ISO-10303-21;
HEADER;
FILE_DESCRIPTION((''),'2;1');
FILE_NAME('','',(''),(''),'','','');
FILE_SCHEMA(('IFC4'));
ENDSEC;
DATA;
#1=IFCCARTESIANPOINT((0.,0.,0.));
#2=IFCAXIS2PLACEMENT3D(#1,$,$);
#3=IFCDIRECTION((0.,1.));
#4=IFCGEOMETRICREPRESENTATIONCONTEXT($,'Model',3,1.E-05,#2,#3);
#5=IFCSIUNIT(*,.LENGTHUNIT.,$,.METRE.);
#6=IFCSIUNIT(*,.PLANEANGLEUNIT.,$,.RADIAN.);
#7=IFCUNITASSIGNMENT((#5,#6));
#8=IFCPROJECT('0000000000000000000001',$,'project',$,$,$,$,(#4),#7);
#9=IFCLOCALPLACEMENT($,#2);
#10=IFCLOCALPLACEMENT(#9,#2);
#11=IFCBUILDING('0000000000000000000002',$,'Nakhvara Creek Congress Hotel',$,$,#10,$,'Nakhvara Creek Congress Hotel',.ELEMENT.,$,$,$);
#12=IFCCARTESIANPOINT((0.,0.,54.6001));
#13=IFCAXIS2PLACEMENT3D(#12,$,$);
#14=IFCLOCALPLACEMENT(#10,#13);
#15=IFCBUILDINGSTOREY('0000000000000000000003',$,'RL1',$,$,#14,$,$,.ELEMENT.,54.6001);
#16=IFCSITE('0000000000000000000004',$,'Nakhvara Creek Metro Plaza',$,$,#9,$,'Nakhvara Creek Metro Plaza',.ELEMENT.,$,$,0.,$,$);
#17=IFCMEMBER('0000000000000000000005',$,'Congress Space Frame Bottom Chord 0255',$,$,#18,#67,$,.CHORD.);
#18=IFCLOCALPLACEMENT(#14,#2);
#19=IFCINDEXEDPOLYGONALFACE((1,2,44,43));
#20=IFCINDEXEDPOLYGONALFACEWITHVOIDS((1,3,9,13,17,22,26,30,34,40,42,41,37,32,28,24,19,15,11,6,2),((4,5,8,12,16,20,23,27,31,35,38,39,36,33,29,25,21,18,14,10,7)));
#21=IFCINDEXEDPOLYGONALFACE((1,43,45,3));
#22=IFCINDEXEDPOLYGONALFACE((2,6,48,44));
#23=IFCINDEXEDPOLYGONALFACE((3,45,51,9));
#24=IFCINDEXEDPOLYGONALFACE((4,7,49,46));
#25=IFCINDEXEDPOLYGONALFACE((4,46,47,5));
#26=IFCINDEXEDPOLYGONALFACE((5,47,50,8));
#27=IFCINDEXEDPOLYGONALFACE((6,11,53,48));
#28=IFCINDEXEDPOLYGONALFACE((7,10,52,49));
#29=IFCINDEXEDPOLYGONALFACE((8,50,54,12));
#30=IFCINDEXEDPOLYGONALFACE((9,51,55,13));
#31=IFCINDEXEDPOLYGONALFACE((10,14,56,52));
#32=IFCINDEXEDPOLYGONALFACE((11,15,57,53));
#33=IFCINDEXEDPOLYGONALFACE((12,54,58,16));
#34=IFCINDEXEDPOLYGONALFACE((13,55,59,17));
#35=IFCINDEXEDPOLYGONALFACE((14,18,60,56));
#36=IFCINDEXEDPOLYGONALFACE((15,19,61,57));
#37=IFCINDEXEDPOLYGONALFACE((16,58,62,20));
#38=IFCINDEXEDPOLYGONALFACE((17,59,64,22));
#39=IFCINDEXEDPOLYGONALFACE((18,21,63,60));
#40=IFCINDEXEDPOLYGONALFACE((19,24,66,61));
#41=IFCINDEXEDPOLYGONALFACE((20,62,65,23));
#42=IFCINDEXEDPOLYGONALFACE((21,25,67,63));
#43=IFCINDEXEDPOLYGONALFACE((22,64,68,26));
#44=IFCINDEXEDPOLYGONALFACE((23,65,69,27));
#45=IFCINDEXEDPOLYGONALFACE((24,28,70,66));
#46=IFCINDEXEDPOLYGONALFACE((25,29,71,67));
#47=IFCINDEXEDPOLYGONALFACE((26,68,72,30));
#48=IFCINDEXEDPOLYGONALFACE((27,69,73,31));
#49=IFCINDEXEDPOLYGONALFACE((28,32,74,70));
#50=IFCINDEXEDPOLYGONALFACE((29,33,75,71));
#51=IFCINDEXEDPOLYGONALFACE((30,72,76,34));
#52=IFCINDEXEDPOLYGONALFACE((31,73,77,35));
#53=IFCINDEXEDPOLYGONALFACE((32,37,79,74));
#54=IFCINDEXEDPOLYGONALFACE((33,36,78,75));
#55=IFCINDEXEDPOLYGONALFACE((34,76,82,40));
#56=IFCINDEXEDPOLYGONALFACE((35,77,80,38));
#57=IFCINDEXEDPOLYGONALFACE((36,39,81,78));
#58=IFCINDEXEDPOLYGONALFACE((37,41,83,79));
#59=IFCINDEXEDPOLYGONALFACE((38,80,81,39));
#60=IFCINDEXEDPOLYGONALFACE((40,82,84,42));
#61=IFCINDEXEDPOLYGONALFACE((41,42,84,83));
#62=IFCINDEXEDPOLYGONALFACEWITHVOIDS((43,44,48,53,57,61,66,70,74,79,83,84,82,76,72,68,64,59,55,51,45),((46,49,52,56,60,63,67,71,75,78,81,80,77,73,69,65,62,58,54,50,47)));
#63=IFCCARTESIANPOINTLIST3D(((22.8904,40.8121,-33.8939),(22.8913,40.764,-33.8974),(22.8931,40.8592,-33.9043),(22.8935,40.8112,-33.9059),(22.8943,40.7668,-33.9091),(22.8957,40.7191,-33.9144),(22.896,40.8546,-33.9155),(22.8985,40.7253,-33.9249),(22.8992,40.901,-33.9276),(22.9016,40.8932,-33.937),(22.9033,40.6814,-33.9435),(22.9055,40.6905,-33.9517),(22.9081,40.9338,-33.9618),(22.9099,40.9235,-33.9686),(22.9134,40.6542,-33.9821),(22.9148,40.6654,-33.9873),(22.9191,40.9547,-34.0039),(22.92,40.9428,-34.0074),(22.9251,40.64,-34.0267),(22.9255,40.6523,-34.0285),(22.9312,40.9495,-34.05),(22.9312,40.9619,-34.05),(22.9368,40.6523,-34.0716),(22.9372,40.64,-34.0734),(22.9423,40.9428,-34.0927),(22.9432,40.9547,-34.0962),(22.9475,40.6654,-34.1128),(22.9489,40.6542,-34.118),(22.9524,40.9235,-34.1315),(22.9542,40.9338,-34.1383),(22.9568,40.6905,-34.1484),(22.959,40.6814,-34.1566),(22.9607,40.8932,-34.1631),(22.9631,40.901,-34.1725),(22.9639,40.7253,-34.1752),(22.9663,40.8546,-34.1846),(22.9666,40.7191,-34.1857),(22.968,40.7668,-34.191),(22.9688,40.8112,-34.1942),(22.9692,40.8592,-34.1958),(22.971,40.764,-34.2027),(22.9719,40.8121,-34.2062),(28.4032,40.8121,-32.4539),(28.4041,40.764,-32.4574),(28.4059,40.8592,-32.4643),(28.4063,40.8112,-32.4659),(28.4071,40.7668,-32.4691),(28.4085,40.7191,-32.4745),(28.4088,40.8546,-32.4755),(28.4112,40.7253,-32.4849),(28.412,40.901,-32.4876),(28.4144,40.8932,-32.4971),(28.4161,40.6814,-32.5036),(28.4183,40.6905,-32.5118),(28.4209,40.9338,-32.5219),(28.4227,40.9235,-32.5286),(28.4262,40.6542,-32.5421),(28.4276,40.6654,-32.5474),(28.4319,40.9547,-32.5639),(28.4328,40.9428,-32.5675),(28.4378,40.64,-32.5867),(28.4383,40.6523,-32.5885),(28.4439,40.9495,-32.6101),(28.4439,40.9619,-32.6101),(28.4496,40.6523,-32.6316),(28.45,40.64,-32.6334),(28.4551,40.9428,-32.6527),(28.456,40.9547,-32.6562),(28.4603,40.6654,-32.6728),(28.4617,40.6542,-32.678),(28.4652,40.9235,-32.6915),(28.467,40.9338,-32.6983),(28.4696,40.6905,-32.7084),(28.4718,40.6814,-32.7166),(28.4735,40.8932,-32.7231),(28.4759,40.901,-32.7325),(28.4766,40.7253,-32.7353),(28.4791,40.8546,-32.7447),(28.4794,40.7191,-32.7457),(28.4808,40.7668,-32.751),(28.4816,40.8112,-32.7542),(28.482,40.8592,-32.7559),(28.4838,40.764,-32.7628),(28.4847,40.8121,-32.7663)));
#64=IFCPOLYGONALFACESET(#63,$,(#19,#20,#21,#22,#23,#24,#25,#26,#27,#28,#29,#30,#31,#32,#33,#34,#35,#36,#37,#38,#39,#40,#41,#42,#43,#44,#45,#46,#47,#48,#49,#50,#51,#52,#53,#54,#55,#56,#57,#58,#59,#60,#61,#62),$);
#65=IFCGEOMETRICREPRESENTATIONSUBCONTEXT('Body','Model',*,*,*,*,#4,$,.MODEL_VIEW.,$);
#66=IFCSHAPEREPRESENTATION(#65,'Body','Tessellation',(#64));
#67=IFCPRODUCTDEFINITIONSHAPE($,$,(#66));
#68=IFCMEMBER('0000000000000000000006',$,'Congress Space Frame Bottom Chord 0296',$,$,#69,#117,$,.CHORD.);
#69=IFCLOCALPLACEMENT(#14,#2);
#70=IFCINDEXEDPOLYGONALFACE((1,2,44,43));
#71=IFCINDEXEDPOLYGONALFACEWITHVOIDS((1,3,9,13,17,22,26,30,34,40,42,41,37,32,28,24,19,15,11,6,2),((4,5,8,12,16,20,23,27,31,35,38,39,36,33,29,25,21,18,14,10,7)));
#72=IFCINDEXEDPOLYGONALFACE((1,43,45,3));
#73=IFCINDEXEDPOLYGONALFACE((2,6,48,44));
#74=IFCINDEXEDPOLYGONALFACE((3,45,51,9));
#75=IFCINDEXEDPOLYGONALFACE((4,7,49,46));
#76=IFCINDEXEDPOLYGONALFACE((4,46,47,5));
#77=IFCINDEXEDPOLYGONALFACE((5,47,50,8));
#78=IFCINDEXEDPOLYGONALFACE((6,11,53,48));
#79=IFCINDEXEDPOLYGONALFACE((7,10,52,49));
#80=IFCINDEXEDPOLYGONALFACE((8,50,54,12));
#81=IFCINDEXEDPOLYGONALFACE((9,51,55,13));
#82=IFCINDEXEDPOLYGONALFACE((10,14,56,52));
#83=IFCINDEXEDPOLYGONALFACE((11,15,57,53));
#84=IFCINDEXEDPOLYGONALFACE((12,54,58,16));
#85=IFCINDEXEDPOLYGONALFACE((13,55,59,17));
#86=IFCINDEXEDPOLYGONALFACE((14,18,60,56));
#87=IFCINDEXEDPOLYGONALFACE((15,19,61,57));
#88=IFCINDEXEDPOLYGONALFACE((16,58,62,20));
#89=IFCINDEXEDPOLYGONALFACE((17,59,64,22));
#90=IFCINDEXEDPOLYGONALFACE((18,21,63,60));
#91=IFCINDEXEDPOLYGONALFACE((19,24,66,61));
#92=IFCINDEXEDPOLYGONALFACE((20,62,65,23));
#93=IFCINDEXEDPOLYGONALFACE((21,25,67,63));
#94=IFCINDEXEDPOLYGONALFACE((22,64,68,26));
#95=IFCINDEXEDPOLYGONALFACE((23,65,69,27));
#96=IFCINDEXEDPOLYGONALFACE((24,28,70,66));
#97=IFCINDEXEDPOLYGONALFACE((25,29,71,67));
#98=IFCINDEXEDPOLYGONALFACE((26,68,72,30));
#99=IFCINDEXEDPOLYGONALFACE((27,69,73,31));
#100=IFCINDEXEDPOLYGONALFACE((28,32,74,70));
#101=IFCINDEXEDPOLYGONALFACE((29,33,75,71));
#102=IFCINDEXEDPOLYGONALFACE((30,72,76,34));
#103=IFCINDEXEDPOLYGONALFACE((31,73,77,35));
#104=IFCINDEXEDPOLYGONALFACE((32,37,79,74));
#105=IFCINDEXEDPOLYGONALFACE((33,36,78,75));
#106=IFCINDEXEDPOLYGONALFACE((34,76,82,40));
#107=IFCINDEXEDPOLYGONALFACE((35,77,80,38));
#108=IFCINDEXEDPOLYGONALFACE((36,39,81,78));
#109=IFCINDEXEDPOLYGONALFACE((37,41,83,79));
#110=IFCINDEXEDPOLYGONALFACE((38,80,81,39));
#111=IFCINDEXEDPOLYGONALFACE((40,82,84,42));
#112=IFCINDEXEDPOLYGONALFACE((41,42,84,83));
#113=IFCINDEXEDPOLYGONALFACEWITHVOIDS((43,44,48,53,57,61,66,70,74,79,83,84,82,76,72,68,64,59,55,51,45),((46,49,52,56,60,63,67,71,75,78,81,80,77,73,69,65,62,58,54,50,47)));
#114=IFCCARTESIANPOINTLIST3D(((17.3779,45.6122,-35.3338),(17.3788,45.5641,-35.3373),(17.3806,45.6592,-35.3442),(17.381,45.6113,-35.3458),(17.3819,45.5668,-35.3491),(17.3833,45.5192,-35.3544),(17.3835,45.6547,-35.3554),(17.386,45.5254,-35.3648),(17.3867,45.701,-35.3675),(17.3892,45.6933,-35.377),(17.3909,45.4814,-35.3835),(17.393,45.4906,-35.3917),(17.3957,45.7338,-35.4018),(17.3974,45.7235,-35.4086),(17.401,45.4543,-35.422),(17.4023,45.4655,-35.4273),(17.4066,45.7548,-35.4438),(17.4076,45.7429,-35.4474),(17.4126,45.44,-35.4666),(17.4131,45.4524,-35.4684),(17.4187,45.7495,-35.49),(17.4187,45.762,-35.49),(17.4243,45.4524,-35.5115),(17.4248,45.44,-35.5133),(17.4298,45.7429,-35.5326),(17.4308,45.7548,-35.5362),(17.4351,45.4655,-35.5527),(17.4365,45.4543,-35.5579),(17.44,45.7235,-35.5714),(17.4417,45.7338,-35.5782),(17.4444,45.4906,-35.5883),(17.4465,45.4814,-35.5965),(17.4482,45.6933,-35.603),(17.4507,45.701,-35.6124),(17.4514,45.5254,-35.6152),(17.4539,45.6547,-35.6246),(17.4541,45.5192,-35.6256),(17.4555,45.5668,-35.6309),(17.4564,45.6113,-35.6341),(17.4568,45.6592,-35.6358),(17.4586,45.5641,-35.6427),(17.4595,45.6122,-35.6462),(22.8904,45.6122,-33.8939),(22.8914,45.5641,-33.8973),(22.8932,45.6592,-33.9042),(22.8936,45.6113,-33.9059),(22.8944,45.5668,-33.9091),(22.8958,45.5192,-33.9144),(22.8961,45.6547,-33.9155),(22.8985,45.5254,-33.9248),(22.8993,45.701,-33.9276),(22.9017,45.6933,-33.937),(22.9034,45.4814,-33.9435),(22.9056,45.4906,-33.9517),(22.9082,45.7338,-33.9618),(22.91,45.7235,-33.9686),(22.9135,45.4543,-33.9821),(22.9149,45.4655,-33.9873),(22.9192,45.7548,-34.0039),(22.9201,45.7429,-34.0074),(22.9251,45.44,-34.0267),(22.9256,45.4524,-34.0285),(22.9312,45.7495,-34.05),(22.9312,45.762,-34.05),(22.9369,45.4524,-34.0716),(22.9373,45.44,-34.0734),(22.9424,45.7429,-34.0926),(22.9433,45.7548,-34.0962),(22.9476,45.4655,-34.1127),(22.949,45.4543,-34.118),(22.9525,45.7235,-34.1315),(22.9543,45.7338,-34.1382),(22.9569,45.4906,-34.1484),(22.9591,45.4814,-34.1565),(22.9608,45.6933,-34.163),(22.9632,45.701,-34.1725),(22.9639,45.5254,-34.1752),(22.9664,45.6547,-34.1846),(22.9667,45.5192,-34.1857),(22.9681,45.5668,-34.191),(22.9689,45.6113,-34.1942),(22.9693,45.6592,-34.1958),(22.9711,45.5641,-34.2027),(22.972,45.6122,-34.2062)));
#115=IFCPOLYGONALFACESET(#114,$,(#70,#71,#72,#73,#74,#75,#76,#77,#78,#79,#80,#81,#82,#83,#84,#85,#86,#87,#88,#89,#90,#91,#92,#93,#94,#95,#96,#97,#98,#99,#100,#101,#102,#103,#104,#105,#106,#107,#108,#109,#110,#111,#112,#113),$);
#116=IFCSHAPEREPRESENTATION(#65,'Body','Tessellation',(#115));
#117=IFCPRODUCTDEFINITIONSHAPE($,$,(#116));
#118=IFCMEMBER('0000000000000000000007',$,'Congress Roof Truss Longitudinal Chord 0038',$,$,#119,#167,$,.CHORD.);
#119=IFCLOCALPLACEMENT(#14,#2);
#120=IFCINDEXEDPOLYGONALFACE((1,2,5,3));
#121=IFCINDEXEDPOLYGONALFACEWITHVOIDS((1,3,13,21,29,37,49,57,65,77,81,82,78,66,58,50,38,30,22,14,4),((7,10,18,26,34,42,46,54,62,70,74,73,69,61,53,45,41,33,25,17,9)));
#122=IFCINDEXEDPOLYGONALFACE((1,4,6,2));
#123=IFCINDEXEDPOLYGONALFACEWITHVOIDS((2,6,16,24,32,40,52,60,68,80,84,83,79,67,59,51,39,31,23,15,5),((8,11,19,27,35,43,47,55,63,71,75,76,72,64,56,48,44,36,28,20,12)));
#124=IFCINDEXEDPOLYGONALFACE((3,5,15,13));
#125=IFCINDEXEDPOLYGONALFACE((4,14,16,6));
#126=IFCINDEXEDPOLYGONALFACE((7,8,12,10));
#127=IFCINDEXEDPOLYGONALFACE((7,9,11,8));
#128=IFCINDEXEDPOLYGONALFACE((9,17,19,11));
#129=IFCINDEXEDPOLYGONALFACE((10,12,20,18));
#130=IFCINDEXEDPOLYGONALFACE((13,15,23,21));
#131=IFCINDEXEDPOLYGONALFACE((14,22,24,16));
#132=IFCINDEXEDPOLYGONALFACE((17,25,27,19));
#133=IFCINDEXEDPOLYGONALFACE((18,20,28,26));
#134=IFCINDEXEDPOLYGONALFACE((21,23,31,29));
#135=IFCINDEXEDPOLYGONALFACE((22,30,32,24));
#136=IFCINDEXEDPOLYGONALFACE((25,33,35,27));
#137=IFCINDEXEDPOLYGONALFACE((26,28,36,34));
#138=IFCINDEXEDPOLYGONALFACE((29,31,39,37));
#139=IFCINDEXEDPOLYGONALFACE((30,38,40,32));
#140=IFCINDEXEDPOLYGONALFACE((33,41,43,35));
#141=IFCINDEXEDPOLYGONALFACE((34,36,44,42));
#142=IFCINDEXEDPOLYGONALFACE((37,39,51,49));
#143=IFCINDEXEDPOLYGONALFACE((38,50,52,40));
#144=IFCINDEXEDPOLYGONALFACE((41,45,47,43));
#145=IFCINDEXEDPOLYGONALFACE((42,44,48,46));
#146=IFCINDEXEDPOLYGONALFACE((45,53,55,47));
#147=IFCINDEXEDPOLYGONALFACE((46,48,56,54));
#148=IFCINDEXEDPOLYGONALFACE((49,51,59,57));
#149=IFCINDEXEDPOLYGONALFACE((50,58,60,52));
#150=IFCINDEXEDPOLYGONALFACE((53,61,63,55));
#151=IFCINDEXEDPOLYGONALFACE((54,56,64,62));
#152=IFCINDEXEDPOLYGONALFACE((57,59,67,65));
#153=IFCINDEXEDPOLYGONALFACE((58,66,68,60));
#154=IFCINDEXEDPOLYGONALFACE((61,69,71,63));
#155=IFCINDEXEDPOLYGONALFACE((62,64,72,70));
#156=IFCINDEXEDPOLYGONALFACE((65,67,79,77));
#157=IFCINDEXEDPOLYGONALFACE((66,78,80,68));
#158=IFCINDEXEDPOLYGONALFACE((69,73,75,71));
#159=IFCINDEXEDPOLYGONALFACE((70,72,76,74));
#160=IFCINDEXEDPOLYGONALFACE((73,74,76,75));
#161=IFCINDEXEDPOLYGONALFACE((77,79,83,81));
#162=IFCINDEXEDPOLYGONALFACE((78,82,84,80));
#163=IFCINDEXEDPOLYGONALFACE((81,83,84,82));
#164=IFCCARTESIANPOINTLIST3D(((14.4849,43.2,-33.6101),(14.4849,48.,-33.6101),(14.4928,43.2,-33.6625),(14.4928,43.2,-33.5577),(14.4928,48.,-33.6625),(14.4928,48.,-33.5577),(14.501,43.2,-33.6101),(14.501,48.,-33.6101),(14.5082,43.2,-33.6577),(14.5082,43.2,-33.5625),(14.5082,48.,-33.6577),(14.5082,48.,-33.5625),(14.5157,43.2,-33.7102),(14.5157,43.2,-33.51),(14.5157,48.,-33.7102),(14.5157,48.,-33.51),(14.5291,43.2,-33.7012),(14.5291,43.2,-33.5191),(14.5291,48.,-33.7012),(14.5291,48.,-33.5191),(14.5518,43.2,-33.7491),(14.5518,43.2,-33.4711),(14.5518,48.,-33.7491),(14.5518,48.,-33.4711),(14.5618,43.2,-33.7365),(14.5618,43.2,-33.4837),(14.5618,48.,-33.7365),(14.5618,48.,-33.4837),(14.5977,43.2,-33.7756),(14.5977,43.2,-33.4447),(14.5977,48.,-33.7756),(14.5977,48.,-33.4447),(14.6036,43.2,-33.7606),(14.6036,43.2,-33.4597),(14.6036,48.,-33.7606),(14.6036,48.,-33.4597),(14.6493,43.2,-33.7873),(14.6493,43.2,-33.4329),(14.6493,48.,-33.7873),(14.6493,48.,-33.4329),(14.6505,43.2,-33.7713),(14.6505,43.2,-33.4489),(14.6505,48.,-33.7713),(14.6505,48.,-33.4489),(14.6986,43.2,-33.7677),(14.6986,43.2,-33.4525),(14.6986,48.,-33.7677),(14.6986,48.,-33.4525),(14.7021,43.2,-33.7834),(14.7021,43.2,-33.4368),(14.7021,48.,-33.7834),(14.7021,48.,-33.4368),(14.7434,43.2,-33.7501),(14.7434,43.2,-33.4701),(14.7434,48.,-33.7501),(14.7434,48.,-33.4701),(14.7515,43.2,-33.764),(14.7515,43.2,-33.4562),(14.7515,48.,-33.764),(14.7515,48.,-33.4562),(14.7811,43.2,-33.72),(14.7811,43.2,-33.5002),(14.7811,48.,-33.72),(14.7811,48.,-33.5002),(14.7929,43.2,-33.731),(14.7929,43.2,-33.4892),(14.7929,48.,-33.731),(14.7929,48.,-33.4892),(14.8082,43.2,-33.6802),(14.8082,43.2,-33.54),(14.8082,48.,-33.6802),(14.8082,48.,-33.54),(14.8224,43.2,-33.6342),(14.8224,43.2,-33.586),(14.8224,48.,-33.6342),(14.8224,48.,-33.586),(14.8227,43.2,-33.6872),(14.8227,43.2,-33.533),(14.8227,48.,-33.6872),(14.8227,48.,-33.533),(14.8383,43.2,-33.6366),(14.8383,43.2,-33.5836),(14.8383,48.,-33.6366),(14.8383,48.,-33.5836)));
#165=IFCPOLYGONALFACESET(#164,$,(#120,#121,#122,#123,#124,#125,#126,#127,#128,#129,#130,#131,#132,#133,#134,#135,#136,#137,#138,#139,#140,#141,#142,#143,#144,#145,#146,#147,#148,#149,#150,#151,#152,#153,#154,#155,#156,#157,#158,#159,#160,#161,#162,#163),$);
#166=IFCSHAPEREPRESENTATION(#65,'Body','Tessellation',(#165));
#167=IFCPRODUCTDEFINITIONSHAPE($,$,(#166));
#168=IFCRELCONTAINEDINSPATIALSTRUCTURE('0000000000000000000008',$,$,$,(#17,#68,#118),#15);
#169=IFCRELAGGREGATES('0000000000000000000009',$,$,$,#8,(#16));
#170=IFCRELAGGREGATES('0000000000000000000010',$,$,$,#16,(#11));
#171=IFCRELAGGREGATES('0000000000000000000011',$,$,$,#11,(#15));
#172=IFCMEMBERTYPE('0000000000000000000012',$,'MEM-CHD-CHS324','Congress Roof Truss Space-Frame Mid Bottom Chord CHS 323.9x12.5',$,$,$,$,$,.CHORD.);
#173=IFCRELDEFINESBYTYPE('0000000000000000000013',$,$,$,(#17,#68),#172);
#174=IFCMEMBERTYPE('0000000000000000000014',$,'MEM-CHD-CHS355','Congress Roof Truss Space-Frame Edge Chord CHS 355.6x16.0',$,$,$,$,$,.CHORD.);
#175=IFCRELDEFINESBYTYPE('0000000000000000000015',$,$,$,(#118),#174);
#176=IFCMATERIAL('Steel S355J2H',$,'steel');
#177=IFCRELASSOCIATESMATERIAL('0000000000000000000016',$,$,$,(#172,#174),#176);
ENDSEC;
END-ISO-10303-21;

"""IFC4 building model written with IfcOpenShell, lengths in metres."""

from ifc_helpers import new_model, si_unit, direction, frame, origin, origin_2d, place, context, subcontext, project, spatial, hollow_circle, extrude, material, material_profile, profile_set, type_object, element, save


model = new_model("IFC4")

# Units and contexts
model_context = context("Model", 3, precision=1e-05, world=origin(), true_north=direction((0.0, 1.0)))
body_context = subcontext(model_context, "Body", "Model", "MODEL_VIEW")
ifc_project = project(units=[si_unit("LENGTHUNIT", "METRE"), si_unit("PLANEANGLEUNIT", "RADIAN")], contexts=[model_context])

# Site, building, storey
site_placement = place(None, origin())
site = spatial("IfcSite", under=ifc_project, at=site_placement, Name="Nakhvara Creek Metro Plaza", LongName="Nakhvara Creek Metro Plaza", CompositionType="ELEMENT", RefElevation=0.0)
building_placement = place(site_placement, origin())
building = spatial("IfcBuilding", under=site, at=building_placement, Name="Nakhvara Creek Congress Hotel", LongName="Nakhvara Creek Congress Hotel", CompositionType="ELEMENT")
storey_placement = place(building_placement, frame((0.0, 0.0, 54.6001)))
storey = spatial("IfcBuildingStorey", under=building, at=storey_placement, Name="RL1", CompositionType="ELEMENT", Elevation=54.6001)

# Members
ifc_material_1 = material(Name="Steel S355J2H", Category="steel")
ifc_material_profile_1 = material_profile(ifc_material_1, hollow_circle(Radius=0.1619, WallThickness=0.0125, at=origin_2d()), Name="CHS 323.9x12.5", Category="LoadBearing")
ifc_profile_set_1 = profile_set([ifc_material_profile_1], Name="Steel S355J2H")
member_type_1 = type_object("IfcMemberType", Name="MEM-CHD-CHS324", Description="Congress Roof Truss Space-Frame Mid Bottom Chord CHS 323.9x12.5", PredefinedType="CHORD", material=ifc_profile_set_1)
member_1_placement = place(storey_placement, frame((22.9312, 40.8, -34.05), z_axis=(0.967538, 0.0, 0.252725), x_axis=(0.0, 1.0, 0.0)))
element("IfcMember", 1, at=member_1_placement, inside=storey, type_object=member_type_1, Name="Congress Space Frame Bottom Chord 0255", PredefinedType="CHORD", context=body_context, shape_type="SweptSolid", body=[
    extrude(hollow_circle(Radius=0.1619, WallThickness=0.0125, at=origin_2d()), origin(), (0.0, 0.0, 1.0), 5.6978),
])
member_2_placement = place(storey_placement, frame((17.4187, 45.6001, -35.49), z_axis=(0.967535, 0.0, 0.252736), x_axis=(0.0, 1.0, 0.0)))
element("IfcMember", 2, at=member_2_placement, inside=storey, type_object=member_type_1, Name="Congress Space Frame Bottom Chord 0296", PredefinedType="CHORD", context=body_context, shape_type="SweptSolid", body=[
    extrude(hollow_circle(Radius=0.1619, WallThickness=0.0125, at=origin_2d()), origin(), (0.0, 0.0, 1.0), 5.6975),
])
ifc_material_profile_2 = material_profile(ifc_material_1, hollow_circle(Radius=0.1777, WallThickness=0.0161, at=origin_2d()), Name="CHS 355.6x16.0", Category="LoadBearing")
ifc_profile_set_2 = profile_set([ifc_material_profile_2], Name="Steel S355J2H")
member_type_2 = type_object("IfcMemberType", Name="MEM-CHD-CHS355", Description="Congress Roof Truss Space-Frame Edge Chord CHS 355.6x16.0", PredefinedType="CHORD", material=ifc_profile_set_2)
for number, where, z_axis, x_axis, name in (
    (3, (14.6626, 43.2, -33.6101), (0.0, 1.0, 0.0), (-1.0, 0.0, 0.0), "Congress Roof Truss Longitudinal Chord 0038"),
):
    element("IfcMember", number, at=place(storey_placement, frame(where, z_axis=z_axis, x_axis=x_axis)), inside=storey, type_object=member_type_2, Name=name, PredefinedType="CHORD", context=body_context, shape_type="SweptSolid", body=[
        extrude(hollow_circle(Radius=0.1777, WallThickness=0.0161, at=origin_2d()), origin(), (0.0, 0.0, 1.0), 4.8),
    ])

save(model, "model.ifc")
